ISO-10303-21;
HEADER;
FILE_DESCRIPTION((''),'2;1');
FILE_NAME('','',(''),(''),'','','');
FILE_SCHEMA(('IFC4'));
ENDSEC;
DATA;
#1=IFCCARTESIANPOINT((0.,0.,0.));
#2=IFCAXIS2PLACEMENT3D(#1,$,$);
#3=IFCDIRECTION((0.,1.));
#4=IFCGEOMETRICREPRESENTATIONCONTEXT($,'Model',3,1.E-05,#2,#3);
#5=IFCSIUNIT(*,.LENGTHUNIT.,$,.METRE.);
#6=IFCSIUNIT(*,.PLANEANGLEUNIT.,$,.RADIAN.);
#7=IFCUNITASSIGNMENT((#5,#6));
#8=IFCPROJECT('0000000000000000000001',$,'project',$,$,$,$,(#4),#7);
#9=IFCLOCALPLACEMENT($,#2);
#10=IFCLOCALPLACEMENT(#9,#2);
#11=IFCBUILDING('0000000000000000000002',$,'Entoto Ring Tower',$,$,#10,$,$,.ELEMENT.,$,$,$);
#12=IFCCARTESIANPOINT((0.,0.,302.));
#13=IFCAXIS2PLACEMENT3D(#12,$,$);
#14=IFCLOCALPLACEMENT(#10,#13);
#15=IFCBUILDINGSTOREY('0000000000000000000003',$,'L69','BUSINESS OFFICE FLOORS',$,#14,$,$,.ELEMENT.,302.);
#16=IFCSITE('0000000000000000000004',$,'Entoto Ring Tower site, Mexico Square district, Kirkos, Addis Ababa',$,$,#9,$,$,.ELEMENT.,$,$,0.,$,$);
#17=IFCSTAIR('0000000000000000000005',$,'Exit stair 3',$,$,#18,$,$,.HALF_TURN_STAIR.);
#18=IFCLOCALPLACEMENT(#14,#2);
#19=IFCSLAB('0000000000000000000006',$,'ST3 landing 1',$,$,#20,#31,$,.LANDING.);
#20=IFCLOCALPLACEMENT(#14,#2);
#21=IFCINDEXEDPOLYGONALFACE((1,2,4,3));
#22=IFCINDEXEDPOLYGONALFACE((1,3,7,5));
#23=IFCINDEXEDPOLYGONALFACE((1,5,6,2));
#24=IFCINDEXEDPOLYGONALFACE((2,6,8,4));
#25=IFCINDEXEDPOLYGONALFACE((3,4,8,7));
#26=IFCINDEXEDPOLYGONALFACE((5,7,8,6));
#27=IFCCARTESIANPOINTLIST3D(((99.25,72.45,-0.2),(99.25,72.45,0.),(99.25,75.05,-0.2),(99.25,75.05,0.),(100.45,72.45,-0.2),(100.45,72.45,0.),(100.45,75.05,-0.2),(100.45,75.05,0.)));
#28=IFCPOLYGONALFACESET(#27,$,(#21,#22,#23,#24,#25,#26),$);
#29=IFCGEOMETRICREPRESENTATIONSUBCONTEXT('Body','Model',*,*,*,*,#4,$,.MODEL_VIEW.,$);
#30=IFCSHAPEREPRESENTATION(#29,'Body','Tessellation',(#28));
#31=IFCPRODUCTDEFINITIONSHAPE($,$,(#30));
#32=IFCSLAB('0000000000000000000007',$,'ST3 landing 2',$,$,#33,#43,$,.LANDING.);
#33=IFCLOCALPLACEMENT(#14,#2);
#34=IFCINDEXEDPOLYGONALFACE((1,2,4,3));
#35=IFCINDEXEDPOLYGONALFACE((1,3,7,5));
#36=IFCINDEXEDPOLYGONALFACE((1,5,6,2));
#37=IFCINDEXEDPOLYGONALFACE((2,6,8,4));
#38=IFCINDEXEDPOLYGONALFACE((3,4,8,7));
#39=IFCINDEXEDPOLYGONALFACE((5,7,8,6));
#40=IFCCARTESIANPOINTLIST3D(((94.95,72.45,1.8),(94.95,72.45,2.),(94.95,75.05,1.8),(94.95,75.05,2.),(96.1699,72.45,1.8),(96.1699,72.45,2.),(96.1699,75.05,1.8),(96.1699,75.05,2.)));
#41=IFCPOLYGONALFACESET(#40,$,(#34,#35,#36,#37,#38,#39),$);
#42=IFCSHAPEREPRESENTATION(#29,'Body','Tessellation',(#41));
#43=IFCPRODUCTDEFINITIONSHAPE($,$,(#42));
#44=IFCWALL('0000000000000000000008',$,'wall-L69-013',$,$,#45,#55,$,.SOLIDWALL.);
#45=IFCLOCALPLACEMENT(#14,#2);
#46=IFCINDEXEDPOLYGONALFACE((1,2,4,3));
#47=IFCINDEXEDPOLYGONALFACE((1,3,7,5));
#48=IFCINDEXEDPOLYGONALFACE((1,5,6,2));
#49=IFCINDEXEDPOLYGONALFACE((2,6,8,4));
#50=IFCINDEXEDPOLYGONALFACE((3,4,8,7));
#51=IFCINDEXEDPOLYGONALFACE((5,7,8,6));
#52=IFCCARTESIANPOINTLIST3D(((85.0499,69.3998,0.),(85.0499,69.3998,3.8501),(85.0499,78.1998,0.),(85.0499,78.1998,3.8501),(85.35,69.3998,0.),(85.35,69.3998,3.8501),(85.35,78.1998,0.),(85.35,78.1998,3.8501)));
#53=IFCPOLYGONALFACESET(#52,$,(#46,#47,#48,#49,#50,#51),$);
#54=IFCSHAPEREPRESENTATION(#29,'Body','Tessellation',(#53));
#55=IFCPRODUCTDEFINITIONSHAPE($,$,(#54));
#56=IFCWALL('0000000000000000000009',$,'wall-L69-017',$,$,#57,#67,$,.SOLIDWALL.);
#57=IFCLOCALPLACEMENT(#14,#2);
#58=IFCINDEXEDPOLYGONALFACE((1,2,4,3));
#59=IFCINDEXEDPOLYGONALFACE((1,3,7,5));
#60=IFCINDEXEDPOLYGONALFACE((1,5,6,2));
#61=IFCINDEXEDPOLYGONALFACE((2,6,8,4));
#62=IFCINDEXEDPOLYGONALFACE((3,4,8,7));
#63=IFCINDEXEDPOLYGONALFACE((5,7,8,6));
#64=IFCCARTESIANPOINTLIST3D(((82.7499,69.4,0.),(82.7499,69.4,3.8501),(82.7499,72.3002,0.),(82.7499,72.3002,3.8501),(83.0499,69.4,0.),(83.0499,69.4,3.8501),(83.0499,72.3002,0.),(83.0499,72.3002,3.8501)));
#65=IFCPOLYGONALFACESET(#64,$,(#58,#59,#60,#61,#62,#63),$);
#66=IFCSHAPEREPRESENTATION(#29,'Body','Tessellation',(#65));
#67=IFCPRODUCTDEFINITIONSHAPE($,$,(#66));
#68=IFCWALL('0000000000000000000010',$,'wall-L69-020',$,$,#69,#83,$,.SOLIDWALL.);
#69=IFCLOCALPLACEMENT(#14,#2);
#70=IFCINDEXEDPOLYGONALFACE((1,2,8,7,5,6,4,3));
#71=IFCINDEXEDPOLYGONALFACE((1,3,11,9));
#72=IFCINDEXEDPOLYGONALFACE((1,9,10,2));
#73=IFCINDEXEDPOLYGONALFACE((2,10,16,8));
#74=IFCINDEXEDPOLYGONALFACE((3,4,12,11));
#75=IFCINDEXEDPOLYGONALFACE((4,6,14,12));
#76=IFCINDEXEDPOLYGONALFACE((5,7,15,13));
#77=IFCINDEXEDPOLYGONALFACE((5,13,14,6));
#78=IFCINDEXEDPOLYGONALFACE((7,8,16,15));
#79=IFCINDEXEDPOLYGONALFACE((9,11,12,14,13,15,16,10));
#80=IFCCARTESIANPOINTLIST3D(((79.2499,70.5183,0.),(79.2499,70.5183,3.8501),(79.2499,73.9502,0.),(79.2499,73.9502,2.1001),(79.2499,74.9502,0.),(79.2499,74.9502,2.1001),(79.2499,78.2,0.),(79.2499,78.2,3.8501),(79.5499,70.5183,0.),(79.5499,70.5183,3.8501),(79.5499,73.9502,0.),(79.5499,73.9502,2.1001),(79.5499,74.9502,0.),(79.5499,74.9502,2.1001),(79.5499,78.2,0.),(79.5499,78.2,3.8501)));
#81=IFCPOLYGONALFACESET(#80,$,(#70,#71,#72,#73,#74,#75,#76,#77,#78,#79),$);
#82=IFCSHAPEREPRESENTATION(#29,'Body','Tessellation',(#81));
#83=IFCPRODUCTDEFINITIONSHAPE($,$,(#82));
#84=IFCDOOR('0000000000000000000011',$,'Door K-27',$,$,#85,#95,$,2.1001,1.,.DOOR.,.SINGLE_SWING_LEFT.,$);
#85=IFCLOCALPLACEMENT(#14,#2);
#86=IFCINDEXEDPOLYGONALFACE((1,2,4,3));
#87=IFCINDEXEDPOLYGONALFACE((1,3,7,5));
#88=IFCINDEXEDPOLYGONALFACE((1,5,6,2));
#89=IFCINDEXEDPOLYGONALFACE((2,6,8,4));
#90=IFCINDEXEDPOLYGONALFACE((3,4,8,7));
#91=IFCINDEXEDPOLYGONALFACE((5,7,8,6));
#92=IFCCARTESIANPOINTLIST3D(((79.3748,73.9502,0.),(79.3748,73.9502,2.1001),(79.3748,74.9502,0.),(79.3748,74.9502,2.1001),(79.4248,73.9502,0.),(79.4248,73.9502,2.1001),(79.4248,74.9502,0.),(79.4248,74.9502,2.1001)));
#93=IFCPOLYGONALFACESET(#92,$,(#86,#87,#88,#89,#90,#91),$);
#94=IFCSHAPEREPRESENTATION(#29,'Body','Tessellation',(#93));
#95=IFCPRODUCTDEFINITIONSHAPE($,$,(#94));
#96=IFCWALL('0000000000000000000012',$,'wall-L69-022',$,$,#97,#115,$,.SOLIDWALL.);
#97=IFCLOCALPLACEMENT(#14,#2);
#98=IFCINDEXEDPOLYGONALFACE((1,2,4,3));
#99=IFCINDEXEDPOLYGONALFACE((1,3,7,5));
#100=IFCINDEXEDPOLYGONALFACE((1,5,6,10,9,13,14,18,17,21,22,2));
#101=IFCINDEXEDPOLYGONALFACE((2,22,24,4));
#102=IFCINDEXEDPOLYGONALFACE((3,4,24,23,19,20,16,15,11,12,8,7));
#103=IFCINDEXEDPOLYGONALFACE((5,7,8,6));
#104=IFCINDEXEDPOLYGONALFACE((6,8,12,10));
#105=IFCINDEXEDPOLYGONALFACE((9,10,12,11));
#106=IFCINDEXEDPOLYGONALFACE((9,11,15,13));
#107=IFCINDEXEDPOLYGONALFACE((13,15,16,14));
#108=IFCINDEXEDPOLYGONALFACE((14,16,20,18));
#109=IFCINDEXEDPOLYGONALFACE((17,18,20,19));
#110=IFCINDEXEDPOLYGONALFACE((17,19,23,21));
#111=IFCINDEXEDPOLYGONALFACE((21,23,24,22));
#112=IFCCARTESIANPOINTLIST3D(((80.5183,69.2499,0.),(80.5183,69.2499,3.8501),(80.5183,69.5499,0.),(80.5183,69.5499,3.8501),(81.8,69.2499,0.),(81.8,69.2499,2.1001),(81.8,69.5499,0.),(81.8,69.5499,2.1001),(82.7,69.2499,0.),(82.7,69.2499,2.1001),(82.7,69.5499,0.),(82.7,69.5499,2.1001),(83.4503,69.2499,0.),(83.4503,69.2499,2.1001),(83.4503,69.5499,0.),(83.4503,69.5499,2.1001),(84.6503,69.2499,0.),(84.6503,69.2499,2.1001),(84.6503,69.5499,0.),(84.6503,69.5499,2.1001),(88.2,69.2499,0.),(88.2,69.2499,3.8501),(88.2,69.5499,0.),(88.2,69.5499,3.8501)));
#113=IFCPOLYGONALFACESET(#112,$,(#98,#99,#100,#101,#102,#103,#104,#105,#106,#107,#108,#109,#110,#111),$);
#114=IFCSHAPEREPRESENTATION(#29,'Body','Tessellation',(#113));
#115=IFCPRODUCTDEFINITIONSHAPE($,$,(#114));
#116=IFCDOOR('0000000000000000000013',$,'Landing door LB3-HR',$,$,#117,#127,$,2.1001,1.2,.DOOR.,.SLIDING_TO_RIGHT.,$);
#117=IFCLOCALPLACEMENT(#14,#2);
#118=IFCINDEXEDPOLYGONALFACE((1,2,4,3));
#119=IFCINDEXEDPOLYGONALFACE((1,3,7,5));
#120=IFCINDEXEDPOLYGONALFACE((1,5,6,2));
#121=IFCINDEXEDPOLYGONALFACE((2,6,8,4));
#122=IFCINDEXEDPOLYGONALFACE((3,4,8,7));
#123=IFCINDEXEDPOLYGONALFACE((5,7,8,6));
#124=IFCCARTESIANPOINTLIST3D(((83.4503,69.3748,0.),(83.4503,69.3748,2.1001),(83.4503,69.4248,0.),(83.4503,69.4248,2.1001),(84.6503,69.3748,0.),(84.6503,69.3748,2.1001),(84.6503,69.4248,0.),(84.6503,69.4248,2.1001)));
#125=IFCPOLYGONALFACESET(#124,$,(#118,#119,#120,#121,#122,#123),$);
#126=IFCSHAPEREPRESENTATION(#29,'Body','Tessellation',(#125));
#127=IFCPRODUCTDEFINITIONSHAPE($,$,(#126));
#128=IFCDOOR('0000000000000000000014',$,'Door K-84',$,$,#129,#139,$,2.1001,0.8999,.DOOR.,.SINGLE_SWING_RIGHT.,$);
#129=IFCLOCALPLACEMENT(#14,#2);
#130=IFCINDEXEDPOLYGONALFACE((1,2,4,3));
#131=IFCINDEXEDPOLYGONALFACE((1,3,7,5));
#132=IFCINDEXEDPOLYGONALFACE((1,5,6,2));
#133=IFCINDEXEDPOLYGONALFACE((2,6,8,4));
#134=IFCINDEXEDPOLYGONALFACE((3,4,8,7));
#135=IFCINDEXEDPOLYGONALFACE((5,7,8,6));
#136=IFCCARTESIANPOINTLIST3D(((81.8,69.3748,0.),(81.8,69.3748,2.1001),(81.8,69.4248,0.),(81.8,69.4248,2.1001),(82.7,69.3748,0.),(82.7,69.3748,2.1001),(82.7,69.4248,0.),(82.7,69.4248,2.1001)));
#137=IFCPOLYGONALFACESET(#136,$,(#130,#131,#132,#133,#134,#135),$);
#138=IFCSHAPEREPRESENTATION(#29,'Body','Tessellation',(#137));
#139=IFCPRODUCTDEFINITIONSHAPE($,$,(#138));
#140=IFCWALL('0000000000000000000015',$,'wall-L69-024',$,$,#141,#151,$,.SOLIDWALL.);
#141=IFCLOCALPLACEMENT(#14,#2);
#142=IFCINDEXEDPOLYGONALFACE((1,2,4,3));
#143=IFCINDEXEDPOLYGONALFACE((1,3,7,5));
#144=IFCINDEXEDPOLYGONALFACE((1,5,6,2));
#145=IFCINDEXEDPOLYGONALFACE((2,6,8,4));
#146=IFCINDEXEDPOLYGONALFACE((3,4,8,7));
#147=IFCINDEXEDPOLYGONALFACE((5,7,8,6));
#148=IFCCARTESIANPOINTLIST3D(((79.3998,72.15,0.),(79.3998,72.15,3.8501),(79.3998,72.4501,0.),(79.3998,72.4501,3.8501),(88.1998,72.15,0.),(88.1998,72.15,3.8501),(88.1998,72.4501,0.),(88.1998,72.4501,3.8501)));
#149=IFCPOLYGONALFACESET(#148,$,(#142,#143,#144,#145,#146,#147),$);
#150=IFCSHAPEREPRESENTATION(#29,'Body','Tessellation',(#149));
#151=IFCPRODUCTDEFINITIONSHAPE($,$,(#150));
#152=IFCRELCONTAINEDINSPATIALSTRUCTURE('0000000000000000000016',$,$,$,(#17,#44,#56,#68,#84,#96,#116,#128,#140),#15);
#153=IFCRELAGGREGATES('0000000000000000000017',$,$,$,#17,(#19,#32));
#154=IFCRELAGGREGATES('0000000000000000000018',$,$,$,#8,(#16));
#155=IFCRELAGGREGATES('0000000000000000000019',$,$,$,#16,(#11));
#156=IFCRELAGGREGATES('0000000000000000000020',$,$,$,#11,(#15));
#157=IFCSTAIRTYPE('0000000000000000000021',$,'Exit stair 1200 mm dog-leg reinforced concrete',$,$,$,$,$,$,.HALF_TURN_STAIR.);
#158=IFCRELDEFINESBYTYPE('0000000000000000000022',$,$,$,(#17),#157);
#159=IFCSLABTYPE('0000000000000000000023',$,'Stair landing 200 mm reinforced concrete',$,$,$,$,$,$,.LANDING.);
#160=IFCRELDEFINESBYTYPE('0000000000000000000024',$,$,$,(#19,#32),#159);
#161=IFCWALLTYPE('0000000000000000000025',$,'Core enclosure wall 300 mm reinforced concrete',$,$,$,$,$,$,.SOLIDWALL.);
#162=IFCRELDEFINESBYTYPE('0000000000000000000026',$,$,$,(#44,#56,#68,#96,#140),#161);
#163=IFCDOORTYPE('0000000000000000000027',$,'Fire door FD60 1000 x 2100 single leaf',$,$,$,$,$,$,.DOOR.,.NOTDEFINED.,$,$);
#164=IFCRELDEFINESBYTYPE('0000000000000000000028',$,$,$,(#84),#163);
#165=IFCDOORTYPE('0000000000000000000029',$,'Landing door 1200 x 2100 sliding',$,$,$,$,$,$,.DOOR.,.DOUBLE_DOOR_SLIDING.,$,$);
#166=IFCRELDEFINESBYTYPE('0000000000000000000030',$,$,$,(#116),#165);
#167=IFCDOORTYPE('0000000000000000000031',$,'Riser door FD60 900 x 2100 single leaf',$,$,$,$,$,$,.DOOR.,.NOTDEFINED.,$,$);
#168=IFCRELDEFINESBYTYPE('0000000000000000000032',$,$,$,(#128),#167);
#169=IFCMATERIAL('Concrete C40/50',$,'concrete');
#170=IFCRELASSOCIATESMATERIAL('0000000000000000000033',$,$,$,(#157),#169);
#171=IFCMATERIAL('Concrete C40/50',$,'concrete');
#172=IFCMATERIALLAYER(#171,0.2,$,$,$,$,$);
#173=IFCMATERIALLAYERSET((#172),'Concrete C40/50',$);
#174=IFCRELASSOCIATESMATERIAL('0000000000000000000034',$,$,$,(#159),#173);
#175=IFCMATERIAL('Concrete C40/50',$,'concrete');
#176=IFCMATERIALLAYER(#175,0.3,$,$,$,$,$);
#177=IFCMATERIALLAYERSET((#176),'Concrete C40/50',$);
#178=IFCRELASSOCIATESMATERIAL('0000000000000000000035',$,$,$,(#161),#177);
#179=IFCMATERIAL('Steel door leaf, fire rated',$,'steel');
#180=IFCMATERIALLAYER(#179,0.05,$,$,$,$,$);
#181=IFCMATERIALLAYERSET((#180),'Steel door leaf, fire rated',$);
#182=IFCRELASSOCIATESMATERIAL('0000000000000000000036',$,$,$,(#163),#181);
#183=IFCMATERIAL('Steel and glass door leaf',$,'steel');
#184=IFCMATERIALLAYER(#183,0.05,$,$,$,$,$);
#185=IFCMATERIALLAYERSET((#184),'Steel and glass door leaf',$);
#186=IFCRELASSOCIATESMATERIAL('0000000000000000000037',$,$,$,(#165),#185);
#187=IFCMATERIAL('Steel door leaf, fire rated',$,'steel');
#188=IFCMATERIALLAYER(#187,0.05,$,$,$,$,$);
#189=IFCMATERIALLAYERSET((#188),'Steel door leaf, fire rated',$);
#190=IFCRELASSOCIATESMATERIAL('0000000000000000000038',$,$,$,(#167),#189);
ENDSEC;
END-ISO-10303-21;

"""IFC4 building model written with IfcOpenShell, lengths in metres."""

from ifc_helpers import new_model, si_unit, direction, frame, frame_2d, origin, place, context, subcontext, project, spatial, polyline, rectangle, outline, extrude, material, layer, layer_set, type_object, element, fill, aggregate, save


model = new_model("IFC4")

# Units and contexts
model_context = context("Model", 3, precision=1e-05, world=origin(), true_north=direction((0.0, 1.0)))
body_context = subcontext(model_context, "Body", "Model", "MODEL_VIEW")
ifc_project = project(units=[si_unit("LENGTHUNIT", "METRE"), si_unit("PLANEANGLEUNIT", "RADIAN")], contexts=[model_context])

# Site, building, storey
site_placement = place(None, origin())
site = spatial("IfcSite", under=ifc_project, at=site_placement, Name="Entoto Ring Tower site, Mexico Square district, Kirkos, Addis Ababa", CompositionType="ELEMENT", RefElevation=0.0)
building_placement = place(site_placement, origin())
building = spatial("IfcBuilding", under=site, at=building_placement, Name="Entoto Ring Tower", CompositionType="ELEMENT")
storey_placement = place(building_placement, frame((0.0, 0.0, 302.0)))
storey = spatial("IfcBuildingStorey", under=building, at=storey_placement, Name="L69", Description="BUSINESS OFFICE FLOORS", CompositionType="ELEMENT", Elevation=302.0)

# Shared definitions
ifc_material_1 = material(Name="Concrete C40/50", Category="concrete")
stair_type = type_object("IfcStairType", Name="Exit stair 1200 mm dog-leg reinforced concrete", PredefinedType="HALF_TURN_STAIR", material=ifc_material_1)
ifc_material_2 = material(Name="Concrete C40/50", Category="concrete")
ifc_layer_1 = layer(ifc_material_2, 0.2)
ifc_layer_set_1 = layer_set([ifc_layer_1], Name="Concrete C40/50")
slab_type_1 = type_object("IfcSlabType", Name="Stair landing 200 mm reinforced concrete", PredefinedType="LANDING", material=ifc_layer_set_1)

# Stair, slabs
stair_1_placement = place(storey_placement, origin())
stair_1 = element("IfcStair", 1, at=stair_1_placement, inside=storey, type_object=stair_type, Name="Exit stair 3", PredefinedType="HALF_TURN_STAIR")
slab_1_placement = place(storey_placement, frame((0.0, 0.0, -0.2)))
slab_1 = element("IfcSlab", 2, at=slab_1_placement, type_object=slab_type_1, Name="ST3 landing 1", PredefinedType="LANDING", context=body_context, shape_type="SweptSolid", body=[
    extrude(outline(polyline([(100.45, 72.45), (100.45, 75.05), (99.25, 75.05), (99.25, 72.45), (100.45, 72.45)])), origin(), (0.0, 0.0, 1.0), 0.2),
])
slab_2_placement = place(storey_placement, frame((0.0, 0.0, 1.8)))
slab_2 = element("IfcSlab", 3, at=slab_2_placement, type_object=slab_type_1, Name="ST3 landing 2", PredefinedType="LANDING", context=body_context, shape_type="SweptSolid", body=[
    extrude(outline(polyline([(94.95, 72.45), (96.1699, 72.45), (96.1699, 75.05), (94.95, 75.05), (94.95, 72.45)])), origin(), (0.0, 0.0, 1.0), 0.2),
])
aggregate(stair_1, [slab_1, slab_2])

# Walls
ifc_material_3 = material(Name="Concrete C40/50", Category="concrete")
ifc_layer_2 = layer(ifc_material_3, 0.3)
ifc_layer_set_2 = layer_set([ifc_layer_2], Name="Concrete C40/50")
wall_type_1 = type_object("IfcWallType", Name="Core enclosure wall 300 mm reinforced concrete", PredefinedType="SOLIDWALL", material=ifc_layer_set_2)
wall_1_placement = place(storey_placement, frame((85.2, 69.3999, 0.0), z_axis=(0.0, 0.0, 1.0), x_axis=(0.0, 1.0, 0.0)))
element("IfcWall", 4, at=wall_1_placement, inside=storey, type_object=wall_type_1, Name="wall-L69-013", PredefinedType="SOLIDWALL", context=body_context, shape_type="SweptSolid", body=[
    extrude(rectangle(XDim=8.8, YDim=0.3, at=frame_2d((4.3999, 0.0))), origin(), (0.0, 0.0, 1.0), 3.8501),
])
wall_2_placement = place(storey_placement, frame((82.8999, 69.3999, 0.0), z_axis=(0.0, 0.0, 1.0), x_axis=(0.0, 1.0, 0.0)))
element("IfcWall", 5, at=wall_2_placement, inside=storey, type_object=wall_type_1, Name="wall-L69-017", PredefinedType="SOLIDWALL", context=body_context, shape_type="SweptSolid", body=[
    extrude(rectangle(XDim=2.9001, YDim=0.3, at=frame_2d((1.4502, 0.0))), origin(), (0.0, 0.0, 1.0), 3.8501),
])

# Wall, opening, door
wall_3_placement = place(storey_placement, frame((79.3999, 70.5183, 0.0), z_axis=(0.0, 0.0, 1.0), x_axis=(0.0, 1.0, 0.0)))
wall_3 = element("IfcWall", 6, at=wall_3_placement, inside=storey, type_object=wall_type_1, Name="wall-L69-020", PredefinedType="SOLIDWALL", context=body_context, shape_type="SweptSolid", body=[
    extrude(rectangle(XDim=7.6816, YDim=0.3, at=frame_2d((3.8408, 0.0))), origin(), (0.0, 0.0, 1.0), 3.8501),
])
opening_1_placement = place(wall_3_placement, frame((3.4319, 0.0, 0.0)))
opening_1 = element("IfcOpeningElement", 7, at=opening_1_placement, cuts=wall_3, PredefinedType="OPENING", context=body_context, shape_type="SweptSolid", body=[
    extrude(rectangle(XDim=1.0, YDim=2.1001, at=frame_2d((0.5, 1.05))), frame((0.0, 0.1602, 0.0), z_axis=(0.0, -1.0, 0.0), x_axis=(1.0, 0.0, 0.0)), (0.0, 0.0, 1.0), 0.3201),
])
ifc_material_4 = material(Name="Steel door leaf, fire rated", Category="steel")
ifc_layer_3 = layer(ifc_material_4, 0.05)
ifc_layer_set_3 = layer_set([ifc_layer_3], Name="Steel door leaf, fire rated")
door_type_1 = type_object("IfcDoorType", Name="Fire door FD60 1000 x 2100 single leaf", OperationType="NOTDEFINED", PredefinedType="DOOR", material=ifc_layer_set_3)
door_1_placement = place(opening_1_placement, frame((1.0, 0.0, 0.0), z_axis=(0.0, 0.0, 1.0), x_axis=(-1.0, 0.0, 0.0)))
door_1 = element("IfcDoor", 8, at=door_1_placement, inside=storey, type_object=door_type_1, Name="Door K-27", OperationType="SINGLE_SWING_LEFT", OverallHeight=2.1001, OverallWidth=1.0, PredefinedType="DOOR", context=body_context, shape_type="SweptSolid", body=[
    extrude(rectangle(XDim=1.0, YDim=2.1001, at=frame_2d((0.5, 1.05))), frame((0.0, 0.0249, 0.0), z_axis=(0.0, -1.0, 0.0), x_axis=(1.0, 0.0, 0.0)), (0.0, 0.0, 1.0), 0.05),
])
fill(opening_1, door_1)

# Wall, openings, doors
wall_4_placement = place(storey_placement, frame((80.5183, 69.3999, 0.0), z_axis=(0.0, 0.0, 1.0), x_axis=(1.0, 0.0, 0.0)))
wall_4 = element("IfcWall", 9, at=wall_4_placement, inside=storey, type_object=wall_type_1, Name="wall-L69-022", PredefinedType="SOLIDWALL", context=body_context, shape_type="SweptSolid", body=[
    extrude(rectangle(XDim=7.6816, YDim=0.3, at=frame_2d((3.8408, 0.0))), origin(), (0.0, 0.0, 1.0), 3.8501),
])
opening_2_placement = place(wall_4_placement, frame((2.9319, 0.0, 0.0)))
opening_2 = element("IfcOpeningElement", 10, at=opening_2_placement, cuts=wall_4, PredefinedType="OPENING", context=body_context, shape_type="SweptSolid", body=[
    extrude(rectangle(XDim=1.2, YDim=2.1001, at=frame_2d((0.6001, 1.05))), frame((0.0, 0.1602, 0.0), z_axis=(0.0, -1.0, 0.0), x_axis=(1.0, 0.0, 0.0)), (0.0, 0.0, 1.0), 0.3201),
])
opening_3_placement = place(wall_4_placement, frame((1.2817, 0.0, 0.0)))
opening_3 = element("IfcOpeningElement", 11, at=opening_3_placement, cuts=wall_4, PredefinedType="OPENING", context=body_context, shape_type="SweptSolid", body=[
    extrude(rectangle(XDim=0.8999, YDim=2.1001, at=frame_2d((0.45, 1.05))), frame((0.0, 0.1602, 0.0), z_axis=(0.0, -1.0, 0.0), x_axis=(1.0, 0.0, 0.0)), (0.0, 0.0, 1.0), 0.3201),
])
ifc_material_5 = material(Name="Steel and glass door leaf", Category="steel")
ifc_layer_4 = layer(ifc_material_5, 0.05)
ifc_layer_set_4 = layer_set([ifc_layer_4], Name="Steel and glass door leaf")
door_type_2 = type_object("IfcDoorType", Name="Landing door 1200 x 2100 sliding", OperationType="DOUBLE_DOOR_SLIDING", PredefinedType="DOOR", material=ifc_layer_set_4)
door_2_placement = place(opening_2_placement, origin())
door_2 = element("IfcDoor", 12, at=door_2_placement, inside=storey, type_object=door_type_2, Name="Landing door LB3-HR", OperationType="SLIDING_TO_RIGHT", OverallHeight=2.1001, OverallWidth=1.2, PredefinedType="DOOR", context=body_context, shape_type="SweptSolid", body=[
    extrude(rectangle(XDim=1.2, YDim=2.1001, at=frame_2d((0.6001, 1.05))), frame((0.0, 0.0249, 0.0), z_axis=(0.0, -1.0, 0.0), x_axis=(1.0, 0.0, 0.0)), (0.0, 0.0, 1.0), 0.05),
])
fill(opening_2, door_2)
ifc_material_6 = material(Name="Steel door leaf, fire rated", Category="steel")
ifc_layer_5 = layer(ifc_material_6, 0.05)
ifc_layer_set_5 = layer_set([ifc_layer_5], Name="Steel door leaf, fire rated")
door_type_3 = type_object("IfcDoorType", Name="Riser door FD60 900 x 2100 single leaf", OperationType="NOTDEFINED", PredefinedType="DOOR", material=ifc_layer_set_5)
door_3_placement = place(opening_3_placement, origin())
door_3 = element("IfcDoor", 13, at=door_3_placement, inside=storey, type_object=door_type_3, Name="Door K-84", OperationType="SINGLE_SWING_RIGHT", OverallHeight=2.1001, OverallWidth=0.8999, PredefinedType="DOOR", context=body_context, shape_type="SweptSolid", body=[
    extrude(rectangle(XDim=0.8999, YDim=2.1001, at=frame_2d((0.45, 1.05))), frame((0.0, 0.0249, 0.0), z_axis=(0.0, -1.0, 0.0), x_axis=(1.0, 0.0, 0.0)), (0.0, 0.0, 1.0), 0.05),
])
fill(opening_3, door_3)

# Wall
wall_5_placement = place(storey_placement, frame((79.3999, 72.3, 0.0), z_axis=(0.0, 0.0, 1.0), x_axis=(1.0, 0.0, 0.0)))
element("IfcWall", 14, at=wall_5_placement, inside=storey, type_object=wall_type_1, Name="wall-L69-024", PredefinedType="SOLIDWALL", context=body_context, shape_type="SweptSolid", body=[
    extrude(rectangle(XDim=8.8, YDim=0.3, at=frame_2d((4.3999, 0.0))), origin(), (0.0, 0.0, 1.0), 3.8501),
])

save(model, "model.ifc")
